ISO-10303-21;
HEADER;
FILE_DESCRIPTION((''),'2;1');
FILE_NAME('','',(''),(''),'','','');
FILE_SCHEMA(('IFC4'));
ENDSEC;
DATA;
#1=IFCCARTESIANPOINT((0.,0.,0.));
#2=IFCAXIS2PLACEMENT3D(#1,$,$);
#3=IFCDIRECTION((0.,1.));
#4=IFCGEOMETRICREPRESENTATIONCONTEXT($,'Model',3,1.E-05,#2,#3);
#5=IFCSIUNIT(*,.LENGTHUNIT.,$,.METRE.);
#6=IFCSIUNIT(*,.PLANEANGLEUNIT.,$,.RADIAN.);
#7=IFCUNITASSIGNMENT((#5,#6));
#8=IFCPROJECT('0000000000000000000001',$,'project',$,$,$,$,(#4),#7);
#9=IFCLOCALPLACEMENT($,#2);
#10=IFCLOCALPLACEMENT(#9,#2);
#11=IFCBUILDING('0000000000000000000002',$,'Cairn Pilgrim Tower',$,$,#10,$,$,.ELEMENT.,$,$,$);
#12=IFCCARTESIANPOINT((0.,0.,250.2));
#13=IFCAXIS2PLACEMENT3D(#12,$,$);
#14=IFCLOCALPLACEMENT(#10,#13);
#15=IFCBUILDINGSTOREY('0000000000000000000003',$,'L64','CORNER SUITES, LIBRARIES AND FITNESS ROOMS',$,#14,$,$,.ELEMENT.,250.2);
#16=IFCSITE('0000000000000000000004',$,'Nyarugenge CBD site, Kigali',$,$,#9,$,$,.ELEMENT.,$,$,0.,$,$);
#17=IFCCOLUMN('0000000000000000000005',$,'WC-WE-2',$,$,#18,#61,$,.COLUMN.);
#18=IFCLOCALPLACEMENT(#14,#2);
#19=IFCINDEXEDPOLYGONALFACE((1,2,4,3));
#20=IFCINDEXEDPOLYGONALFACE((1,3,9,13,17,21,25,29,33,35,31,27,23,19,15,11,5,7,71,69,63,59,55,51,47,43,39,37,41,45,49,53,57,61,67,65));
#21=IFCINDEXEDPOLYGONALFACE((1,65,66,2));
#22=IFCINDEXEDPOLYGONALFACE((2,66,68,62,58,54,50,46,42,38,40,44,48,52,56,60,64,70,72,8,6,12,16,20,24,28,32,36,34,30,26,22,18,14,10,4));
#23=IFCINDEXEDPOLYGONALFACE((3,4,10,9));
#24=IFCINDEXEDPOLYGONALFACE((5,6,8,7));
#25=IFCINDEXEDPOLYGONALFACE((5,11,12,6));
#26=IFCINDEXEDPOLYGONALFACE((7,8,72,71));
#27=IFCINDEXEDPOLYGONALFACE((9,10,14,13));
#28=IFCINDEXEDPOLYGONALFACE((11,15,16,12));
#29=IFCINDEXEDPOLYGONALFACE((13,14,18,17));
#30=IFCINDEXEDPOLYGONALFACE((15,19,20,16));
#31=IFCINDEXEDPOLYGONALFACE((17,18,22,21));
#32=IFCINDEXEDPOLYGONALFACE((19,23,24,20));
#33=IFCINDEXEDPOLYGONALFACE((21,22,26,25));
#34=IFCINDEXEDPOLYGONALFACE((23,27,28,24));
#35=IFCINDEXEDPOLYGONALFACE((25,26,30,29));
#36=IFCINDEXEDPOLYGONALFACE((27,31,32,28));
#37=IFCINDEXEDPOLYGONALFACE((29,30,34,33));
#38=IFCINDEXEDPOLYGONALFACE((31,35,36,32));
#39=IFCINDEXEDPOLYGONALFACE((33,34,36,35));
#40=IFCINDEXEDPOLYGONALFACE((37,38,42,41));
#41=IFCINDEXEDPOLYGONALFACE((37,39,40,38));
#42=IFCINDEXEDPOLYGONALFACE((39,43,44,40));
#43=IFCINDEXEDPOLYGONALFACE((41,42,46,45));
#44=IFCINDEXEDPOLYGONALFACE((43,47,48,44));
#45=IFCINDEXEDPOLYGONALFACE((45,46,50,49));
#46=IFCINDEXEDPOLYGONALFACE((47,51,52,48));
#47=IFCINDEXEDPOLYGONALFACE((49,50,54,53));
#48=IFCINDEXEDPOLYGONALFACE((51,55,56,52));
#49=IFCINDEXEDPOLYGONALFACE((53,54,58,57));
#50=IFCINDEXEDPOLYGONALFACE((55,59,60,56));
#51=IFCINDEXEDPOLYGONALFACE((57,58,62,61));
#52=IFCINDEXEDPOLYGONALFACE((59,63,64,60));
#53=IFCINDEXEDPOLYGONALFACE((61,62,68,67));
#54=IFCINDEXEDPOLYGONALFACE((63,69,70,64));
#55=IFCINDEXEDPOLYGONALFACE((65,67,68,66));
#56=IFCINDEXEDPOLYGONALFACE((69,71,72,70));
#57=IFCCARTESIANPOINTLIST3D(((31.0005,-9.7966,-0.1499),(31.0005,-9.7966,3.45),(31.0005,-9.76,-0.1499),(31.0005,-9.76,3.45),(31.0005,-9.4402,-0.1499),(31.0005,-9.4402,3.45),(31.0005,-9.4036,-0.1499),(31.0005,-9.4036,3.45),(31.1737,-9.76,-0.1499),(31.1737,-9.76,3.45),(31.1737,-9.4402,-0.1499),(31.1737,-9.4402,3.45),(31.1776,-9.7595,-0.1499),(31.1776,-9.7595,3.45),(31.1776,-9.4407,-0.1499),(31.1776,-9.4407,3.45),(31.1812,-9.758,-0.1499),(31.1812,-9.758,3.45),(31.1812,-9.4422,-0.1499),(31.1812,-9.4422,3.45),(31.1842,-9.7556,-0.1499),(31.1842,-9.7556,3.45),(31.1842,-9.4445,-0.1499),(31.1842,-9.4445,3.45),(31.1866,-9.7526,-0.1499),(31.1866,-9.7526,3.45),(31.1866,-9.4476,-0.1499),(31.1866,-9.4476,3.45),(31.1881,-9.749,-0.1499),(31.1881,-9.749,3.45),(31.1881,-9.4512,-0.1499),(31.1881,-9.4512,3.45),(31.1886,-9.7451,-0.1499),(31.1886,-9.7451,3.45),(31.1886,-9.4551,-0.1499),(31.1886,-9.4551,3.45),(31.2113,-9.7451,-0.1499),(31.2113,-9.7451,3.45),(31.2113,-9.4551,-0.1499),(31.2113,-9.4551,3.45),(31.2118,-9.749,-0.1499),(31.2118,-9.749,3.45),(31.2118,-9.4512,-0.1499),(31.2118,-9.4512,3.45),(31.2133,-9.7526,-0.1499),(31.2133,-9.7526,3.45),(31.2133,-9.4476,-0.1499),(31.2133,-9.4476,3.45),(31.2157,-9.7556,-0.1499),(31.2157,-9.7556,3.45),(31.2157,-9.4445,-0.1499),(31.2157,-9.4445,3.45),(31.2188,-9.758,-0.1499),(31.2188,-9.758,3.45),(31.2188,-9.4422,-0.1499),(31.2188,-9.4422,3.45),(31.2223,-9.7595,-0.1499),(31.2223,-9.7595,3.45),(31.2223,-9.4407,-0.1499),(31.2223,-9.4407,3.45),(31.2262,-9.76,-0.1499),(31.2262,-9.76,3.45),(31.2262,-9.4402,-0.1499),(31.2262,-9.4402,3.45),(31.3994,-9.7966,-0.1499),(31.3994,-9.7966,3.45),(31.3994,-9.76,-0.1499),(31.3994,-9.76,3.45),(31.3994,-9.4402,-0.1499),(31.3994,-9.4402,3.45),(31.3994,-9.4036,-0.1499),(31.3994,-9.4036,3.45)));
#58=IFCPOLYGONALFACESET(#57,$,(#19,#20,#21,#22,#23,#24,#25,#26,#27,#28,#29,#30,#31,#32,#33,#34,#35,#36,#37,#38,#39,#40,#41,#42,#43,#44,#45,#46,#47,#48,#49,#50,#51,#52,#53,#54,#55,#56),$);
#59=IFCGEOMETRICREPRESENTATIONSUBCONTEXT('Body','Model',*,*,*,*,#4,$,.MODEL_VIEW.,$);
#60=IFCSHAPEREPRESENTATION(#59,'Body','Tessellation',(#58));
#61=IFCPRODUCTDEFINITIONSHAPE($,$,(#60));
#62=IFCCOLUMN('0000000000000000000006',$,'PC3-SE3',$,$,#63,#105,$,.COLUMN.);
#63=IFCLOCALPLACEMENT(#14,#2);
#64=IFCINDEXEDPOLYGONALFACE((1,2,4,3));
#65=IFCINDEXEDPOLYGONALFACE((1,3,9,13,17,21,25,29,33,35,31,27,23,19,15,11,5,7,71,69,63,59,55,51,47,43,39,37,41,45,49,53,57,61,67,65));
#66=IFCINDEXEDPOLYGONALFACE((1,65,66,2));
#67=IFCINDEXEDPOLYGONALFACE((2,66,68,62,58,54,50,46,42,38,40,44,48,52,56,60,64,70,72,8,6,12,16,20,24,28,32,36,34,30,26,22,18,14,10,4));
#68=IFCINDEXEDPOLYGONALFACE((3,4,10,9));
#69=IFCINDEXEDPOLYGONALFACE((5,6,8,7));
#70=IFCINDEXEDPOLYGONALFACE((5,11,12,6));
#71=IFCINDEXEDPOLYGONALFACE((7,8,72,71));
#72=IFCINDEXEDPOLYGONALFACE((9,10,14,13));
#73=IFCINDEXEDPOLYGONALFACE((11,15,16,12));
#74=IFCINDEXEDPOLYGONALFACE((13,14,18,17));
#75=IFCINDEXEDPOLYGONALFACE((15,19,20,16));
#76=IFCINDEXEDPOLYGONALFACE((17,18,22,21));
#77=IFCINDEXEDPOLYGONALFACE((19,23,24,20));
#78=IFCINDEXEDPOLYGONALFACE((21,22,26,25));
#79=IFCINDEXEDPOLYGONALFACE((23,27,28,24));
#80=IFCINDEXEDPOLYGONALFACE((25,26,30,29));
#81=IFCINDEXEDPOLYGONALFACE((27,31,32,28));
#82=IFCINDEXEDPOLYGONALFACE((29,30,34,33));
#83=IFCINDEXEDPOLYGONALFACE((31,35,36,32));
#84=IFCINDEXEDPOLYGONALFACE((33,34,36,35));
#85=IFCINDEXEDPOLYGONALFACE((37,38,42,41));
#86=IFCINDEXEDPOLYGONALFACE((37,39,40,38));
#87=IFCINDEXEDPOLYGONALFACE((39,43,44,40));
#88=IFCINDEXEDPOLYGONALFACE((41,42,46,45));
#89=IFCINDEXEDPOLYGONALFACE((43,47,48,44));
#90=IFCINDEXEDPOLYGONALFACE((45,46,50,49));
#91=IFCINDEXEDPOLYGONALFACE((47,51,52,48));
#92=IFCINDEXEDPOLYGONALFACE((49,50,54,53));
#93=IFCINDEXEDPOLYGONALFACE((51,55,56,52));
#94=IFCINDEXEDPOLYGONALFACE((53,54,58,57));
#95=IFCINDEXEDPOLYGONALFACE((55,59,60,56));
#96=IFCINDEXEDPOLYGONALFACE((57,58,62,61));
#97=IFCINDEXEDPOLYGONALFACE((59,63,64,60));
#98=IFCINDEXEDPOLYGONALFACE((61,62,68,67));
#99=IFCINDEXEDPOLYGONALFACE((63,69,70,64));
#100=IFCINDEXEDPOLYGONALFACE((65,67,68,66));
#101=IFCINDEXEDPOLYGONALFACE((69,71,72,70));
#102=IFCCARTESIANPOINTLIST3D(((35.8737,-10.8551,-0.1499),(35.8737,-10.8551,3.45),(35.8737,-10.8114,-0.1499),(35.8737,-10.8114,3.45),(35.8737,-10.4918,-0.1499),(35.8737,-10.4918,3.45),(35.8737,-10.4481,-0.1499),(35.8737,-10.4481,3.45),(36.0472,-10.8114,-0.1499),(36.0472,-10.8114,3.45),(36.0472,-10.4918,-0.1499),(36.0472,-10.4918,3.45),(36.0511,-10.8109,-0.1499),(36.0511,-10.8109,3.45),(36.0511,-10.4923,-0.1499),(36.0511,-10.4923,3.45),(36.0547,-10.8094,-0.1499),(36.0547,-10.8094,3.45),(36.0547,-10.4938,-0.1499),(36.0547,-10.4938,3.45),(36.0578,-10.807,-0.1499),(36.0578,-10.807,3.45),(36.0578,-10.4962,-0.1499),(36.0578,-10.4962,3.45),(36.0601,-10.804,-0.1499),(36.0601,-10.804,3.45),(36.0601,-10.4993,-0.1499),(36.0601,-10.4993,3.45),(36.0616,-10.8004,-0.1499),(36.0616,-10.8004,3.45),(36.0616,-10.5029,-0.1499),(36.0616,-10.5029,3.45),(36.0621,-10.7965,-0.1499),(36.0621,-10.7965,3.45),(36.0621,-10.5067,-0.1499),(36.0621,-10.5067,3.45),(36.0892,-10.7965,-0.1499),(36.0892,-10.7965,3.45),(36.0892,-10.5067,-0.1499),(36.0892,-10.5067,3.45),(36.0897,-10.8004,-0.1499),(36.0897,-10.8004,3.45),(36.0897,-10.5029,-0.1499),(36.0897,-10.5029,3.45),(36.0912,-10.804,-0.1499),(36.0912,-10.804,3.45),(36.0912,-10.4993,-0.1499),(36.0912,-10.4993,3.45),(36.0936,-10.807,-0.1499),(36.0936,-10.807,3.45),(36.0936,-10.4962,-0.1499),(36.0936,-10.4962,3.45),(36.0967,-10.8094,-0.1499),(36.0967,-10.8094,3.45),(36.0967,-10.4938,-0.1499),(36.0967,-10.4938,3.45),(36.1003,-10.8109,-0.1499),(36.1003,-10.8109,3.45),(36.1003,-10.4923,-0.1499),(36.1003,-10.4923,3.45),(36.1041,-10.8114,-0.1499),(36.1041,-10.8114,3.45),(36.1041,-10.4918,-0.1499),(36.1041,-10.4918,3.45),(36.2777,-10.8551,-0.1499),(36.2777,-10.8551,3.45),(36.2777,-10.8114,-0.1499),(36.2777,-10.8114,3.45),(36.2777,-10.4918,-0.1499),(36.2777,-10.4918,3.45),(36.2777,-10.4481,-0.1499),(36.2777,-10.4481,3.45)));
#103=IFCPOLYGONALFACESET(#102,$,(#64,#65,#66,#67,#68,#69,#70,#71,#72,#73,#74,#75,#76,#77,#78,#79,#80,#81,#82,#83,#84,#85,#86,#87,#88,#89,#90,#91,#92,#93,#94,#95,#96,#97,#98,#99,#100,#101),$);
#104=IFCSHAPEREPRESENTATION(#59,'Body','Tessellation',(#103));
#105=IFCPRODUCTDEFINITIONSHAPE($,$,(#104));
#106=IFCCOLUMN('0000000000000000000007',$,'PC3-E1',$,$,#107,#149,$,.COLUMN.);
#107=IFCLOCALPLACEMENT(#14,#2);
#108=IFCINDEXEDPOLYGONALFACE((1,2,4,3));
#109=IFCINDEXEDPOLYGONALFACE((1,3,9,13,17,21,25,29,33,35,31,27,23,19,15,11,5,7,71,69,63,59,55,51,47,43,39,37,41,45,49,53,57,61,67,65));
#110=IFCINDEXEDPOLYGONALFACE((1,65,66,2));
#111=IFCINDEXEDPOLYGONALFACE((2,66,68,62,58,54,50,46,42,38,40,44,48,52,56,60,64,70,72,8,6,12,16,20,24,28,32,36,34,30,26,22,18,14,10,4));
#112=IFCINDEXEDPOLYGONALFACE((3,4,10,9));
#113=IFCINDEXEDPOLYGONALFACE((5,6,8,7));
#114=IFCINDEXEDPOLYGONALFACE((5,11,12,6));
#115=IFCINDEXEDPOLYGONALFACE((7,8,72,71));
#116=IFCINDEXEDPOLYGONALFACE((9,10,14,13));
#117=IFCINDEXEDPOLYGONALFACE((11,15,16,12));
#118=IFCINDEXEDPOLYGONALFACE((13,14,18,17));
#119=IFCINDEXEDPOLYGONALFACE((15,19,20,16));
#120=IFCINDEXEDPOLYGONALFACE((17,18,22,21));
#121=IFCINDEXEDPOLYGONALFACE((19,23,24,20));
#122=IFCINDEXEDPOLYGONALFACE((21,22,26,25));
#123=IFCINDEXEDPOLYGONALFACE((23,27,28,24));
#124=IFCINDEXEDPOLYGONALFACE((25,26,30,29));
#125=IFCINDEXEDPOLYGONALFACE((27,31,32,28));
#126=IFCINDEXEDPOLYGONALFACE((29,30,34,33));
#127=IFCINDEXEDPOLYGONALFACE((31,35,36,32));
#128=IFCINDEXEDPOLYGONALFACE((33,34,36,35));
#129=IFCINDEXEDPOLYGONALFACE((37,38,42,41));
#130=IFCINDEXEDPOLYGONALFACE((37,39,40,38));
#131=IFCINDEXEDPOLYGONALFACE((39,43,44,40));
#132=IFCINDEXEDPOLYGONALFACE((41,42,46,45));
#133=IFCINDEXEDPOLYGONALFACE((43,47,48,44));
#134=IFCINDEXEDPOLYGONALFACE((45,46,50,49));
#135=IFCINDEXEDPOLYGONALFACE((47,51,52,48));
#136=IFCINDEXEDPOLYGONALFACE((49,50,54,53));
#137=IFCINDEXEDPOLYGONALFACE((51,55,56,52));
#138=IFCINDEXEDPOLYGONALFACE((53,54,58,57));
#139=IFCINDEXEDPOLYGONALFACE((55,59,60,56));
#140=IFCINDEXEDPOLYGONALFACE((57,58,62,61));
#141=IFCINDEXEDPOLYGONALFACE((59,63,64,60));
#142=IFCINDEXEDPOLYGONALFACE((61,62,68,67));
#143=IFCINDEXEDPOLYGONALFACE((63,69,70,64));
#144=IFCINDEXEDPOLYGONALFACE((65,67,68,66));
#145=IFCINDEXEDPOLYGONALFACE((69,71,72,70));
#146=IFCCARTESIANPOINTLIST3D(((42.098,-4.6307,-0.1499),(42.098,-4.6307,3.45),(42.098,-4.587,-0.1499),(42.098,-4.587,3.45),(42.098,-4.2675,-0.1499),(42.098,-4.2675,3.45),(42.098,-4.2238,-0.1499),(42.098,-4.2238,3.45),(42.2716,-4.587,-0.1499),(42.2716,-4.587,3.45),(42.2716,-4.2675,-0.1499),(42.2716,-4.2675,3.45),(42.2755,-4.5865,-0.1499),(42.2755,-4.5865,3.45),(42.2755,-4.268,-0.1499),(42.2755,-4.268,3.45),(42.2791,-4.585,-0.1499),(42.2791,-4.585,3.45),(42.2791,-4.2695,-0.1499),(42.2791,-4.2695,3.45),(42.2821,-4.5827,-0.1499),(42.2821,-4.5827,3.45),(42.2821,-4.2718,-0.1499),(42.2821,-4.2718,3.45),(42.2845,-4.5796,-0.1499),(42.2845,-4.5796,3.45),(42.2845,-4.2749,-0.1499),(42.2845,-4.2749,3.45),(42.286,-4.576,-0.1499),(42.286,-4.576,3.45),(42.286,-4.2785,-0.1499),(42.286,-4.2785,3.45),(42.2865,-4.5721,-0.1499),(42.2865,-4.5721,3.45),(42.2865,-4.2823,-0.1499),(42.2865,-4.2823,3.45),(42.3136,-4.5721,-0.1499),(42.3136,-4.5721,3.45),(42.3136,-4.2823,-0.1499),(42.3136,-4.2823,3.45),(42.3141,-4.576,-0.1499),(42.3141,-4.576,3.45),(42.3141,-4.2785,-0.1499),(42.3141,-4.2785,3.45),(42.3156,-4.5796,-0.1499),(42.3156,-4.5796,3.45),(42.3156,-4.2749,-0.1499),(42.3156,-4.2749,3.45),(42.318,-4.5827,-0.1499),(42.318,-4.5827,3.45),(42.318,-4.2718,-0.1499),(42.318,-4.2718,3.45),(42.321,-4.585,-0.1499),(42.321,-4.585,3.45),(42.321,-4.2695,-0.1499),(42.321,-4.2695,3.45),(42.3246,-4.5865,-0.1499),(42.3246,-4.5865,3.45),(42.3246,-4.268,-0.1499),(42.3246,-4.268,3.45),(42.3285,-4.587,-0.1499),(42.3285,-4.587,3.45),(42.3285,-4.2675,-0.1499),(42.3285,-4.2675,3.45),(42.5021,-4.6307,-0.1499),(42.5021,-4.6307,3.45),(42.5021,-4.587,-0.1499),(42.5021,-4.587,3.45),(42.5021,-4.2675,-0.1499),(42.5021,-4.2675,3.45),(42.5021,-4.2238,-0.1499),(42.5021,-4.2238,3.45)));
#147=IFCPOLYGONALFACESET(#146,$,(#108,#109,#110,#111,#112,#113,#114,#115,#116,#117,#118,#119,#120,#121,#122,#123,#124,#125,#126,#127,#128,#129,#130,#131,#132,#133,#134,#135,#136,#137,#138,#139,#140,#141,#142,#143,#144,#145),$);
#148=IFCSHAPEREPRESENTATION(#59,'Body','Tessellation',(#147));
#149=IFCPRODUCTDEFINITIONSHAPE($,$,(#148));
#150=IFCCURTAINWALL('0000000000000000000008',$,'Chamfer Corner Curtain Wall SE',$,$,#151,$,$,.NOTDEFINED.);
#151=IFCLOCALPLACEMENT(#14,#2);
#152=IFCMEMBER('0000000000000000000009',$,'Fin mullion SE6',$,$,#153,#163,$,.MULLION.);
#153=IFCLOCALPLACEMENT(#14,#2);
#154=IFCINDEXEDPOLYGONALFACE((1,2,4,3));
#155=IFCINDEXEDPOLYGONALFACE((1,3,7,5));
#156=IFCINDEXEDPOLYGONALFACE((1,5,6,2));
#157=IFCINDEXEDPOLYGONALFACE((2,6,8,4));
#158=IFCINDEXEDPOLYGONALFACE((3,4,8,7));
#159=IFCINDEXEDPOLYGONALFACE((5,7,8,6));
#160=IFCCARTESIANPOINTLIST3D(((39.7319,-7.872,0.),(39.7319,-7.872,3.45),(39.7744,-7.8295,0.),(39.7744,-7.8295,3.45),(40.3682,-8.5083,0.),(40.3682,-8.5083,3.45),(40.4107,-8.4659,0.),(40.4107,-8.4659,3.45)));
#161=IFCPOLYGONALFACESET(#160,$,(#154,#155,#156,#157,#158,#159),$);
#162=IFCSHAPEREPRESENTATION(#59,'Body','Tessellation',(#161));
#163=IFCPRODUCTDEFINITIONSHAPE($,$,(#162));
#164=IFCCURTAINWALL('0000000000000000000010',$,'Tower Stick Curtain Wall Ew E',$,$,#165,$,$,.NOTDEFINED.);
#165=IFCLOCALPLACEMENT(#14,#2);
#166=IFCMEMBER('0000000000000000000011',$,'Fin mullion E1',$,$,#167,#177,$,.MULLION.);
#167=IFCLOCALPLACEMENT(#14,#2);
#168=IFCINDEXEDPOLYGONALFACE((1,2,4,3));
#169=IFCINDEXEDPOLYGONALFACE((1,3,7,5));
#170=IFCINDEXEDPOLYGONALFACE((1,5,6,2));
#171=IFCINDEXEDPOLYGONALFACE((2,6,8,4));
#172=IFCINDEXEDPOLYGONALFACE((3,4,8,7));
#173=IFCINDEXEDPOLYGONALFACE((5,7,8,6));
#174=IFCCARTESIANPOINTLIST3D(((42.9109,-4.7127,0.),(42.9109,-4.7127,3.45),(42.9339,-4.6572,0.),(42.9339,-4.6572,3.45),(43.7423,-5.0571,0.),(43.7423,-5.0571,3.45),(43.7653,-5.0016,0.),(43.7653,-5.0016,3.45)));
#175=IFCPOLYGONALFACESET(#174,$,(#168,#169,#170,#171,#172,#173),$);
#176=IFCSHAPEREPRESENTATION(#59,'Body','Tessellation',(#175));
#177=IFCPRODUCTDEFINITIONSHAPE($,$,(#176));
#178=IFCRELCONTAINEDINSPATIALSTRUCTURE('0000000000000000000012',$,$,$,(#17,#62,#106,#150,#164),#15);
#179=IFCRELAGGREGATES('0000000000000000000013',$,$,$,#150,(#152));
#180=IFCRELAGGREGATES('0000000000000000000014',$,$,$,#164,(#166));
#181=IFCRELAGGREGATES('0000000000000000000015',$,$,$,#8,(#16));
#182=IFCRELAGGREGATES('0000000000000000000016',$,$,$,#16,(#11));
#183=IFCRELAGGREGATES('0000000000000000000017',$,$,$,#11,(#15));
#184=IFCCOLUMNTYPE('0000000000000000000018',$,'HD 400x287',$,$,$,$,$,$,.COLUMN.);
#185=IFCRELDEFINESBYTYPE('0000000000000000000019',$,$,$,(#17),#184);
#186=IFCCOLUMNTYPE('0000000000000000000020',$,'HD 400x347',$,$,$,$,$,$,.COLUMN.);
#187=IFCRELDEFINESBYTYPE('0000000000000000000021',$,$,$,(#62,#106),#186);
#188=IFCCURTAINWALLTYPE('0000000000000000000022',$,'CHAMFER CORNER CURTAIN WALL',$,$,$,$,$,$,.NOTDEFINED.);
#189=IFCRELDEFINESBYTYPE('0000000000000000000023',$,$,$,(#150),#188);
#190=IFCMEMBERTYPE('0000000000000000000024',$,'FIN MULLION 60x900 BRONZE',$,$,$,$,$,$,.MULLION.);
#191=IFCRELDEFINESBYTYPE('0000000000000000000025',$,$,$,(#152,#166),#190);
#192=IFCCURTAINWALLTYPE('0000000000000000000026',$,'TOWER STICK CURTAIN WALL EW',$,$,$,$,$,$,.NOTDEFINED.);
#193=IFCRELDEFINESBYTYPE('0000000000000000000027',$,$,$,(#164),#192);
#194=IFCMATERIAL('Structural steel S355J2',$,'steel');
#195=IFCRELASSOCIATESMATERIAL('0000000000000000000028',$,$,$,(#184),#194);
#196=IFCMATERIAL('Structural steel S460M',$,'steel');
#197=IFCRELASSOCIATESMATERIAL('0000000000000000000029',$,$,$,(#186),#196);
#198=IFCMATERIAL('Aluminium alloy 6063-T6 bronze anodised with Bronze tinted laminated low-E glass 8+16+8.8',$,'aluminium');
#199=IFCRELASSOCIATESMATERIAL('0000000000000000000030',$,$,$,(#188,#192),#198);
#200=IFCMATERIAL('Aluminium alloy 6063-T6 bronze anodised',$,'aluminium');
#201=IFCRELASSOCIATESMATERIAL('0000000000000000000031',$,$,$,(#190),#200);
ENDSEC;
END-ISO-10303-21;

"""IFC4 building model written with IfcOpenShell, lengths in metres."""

from ifc_helpers import new_model, si_unit, direction, frame, origin, origin_2d, place, context, subcontext, project, spatial, rectangle, i_section, extrude, material, material_profile, profile_set, type_object, element, aggregate, save


model = new_model("IFC4")

# Units and contexts
model_context = context("Model", 3, precision=1e-05, world=origin(), true_north=direction((0.0, 1.0)))
body_context = subcontext(model_context, "Body", "Model", "MODEL_VIEW")
ifc_project = project(units=[si_unit("LENGTHUNIT", "METRE"), si_unit("PLANEANGLEUNIT", "RADIAN")], contexts=[model_context])

# Site, building, storey
site_placement = place(None, origin())
site = spatial("IfcSite", under=ifc_project, at=site_placement, Name="Nyarugenge CBD site, Kigali", CompositionType="ELEMENT", RefElevation=0.0)
building_placement = place(site_placement, origin())
building = spatial("IfcBuilding", under=site, at=building_placement, Name="Cairn Pilgrim Tower", CompositionType="ELEMENT")
storey_placement = place(building_placement, frame((0.0, 0.0, 250.2)))
storey = spatial("IfcBuildingStorey", under=building, at=storey_placement, Name="L64", Description="CORNER SUITES, LIBRARIES AND FITNESS ROOMS", CompositionType="ELEMENT", Elevation=250.2)

# Columns
ifc_material_1 = material(Name="Structural steel S355J2", Category="steel")
ifc_material_profile_1 = material_profile(ifc_material_1, i_section(OverallWidth=0.3989, OverallDepth=0.3931, WebThickness=0.0227, FlangeThickness=0.0366, FilletRadius=0.0149, at=origin_2d()), Name="HD 400x287")
ifc_profile_set_1 = profile_set([ifc_material_profile_1], Name="Structural steel S355J2")
column_type_1 = type_object("IfcColumnType", Name="HD 400x287", PredefinedType="COLUMN", material=ifc_profile_set_1)
column_placement = place(storey_placement, frame((31.2, -9.6001, -0.1499), z_axis=(0.0, 0.0, 1.0), x_axis=(1.0, 0.0, 0.0)))
element("IfcColumn", 1, at=column_placement, inside=storey, type_object=column_type_1, Name="WC-WE-2", PredefinedType="COLUMN", context=body_context, shape_type="SweptSolid", body=[
    extrude(i_section(OverallWidth=0.3989, OverallDepth=0.3931, WebThickness=0.0227, FlangeThickness=0.0366, FilletRadius=0.0149, at=origin_2d()), origin(), (0.0, 0.0, 1.0), 3.5999),
])
ifc_material_2 = material(Name="Structural steel S460M", Category="steel")
ifc_material_profile_2 = material_profile(ifc_material_2, i_section(OverallWidth=0.4041, OverallDepth=0.407, WebThickness=0.0271, FlangeThickness=0.0437, FilletRadius=0.0149, at=origin_2d()), Name="HD 400x347")
ifc_profile_set_2 = profile_set([ifc_material_profile_2], Name="Structural steel S460M")
column_type_2 = type_object("IfcColumnType", Name="HD 400x347", PredefinedType="COLUMN", material=ifc_profile_set_2)
for number, where, z_axis, x_axis, name in (
    (2, (36.0757, -10.6516, -0.1499), (0.0, 0.0, 1.0), (1.0, 0.0, 0.0), "PC3-SE3"),
    (3, (42.3, -4.4272, -0.1499), (0.0, 0.0, 1.0), (1.0, 0.0, 0.0), "PC3-E1"),
):
    element("IfcColumn", number, at=place(storey_placement, frame(where, z_axis=z_axis, x_axis=x_axis)), inside=storey, type_object=column_type_2, Name=name, PredefinedType="COLUMN", context=body_context, shape_type="SweptSolid", body=[
        extrude(i_section(OverallWidth=0.4041, OverallDepth=0.407, WebThickness=0.0271, FlangeThickness=0.0437, FilletRadius=0.0149, at=origin_2d()), origin(), (0.0, 0.0, 1.0), 3.5999),
    ])

# Curtain walls, members
ifc_material_3 = material(Name="Aluminium alloy 6063-T6 bronze anodised with Bronze tinted laminated low-E glass 8+16+8.8", Category="aluminium")
curtain_wall_type_1 = type_object("IfcCurtainWallType", Name="CHAMFER CORNER CURTAIN WALL", PredefinedType="NOTDEFINED", material=ifc_material_3)
curtain_wall_1_placement = place(storey_placement, origin())
curtain_wall_1 = element("IfcCurtainWall", 4, at=curtain_wall_1_placement, inside=storey, type_object=curtain_wall_type_1, Name="Chamfer Corner Curtain Wall SE", PredefinedType="NOTDEFINED")
ifc_material_4 = material(Name="Aluminium alloy 6063-T6 bronze anodised", Category="aluminium")
ifc_material_profile_3 = material_profile(ifc_material_4, rectangle(XDim=0.8999, YDim=0.0601, at=origin_2d()), Name="FIN MULLION 60x900 BRONZE")
ifc_profile_set_3 = profile_set([ifc_material_profile_3], Name="Aluminium alloy 6063-T6 bronze anodised")
member_type = type_object("IfcMemberType", Name="FIN MULLION 60x900 BRONZE", PredefinedType="MULLION", material=ifc_profile_set_3)
member_1_placement = place(storey_placement, frame((40.0713, -8.1689, 0.0), z_axis=(0.0, 0.0, 1.0), x_axis=(0.707107, -0.707107, 0.0)))
member_1 = element("IfcMember", 5, at=member_1_placement, type_object=member_type, Name="Fin mullion SE6", PredefinedType="MULLION", context=body_context, shape_type="SweptSolid", body=[
    extrude(rectangle(XDim=0.8999, YDim=0.0601, at=origin_2d()), origin(), (0.0, 0.0, 1.0), 3.45),
])
aggregate(curtain_wall_1, [member_1])
curtain_wall_type_2 = type_object("IfcCurtainWallType", Name="TOWER STICK CURTAIN WALL EW", PredefinedType="NOTDEFINED", material=ifc_material_3)
curtain_wall_2_placement = place(storey_placement, origin())
curtain_wall_2 = element("IfcCurtainWall", 6, at=curtain_wall_2_placement, inside=storey, type_object=curtain_wall_type_2, Name="Tower Stick Curtain Wall Ew E", PredefinedType="NOTDEFINED")
member_2_placement = place(storey_placement, frame((43.3381, -4.8572, 0.0), z_axis=(0.0, 0.0, 1.0), x_axis=(0.92388, -0.382683, 0.0)))
member_2 = element("IfcMember", 7, at=member_2_placement, type_object=member_type, Name="Fin mullion E1", PredefinedType="MULLION", context=body_context, shape_type="SweptSolid", body=[
    extrude(rectangle(XDim=0.8999, YDim=0.0601, at=origin_2d()), origin(), (0.0, 0.0, 1.0), 3.45),
])
aggregate(curtain_wall_2, [member_2])

save(model, "model.ifc")
